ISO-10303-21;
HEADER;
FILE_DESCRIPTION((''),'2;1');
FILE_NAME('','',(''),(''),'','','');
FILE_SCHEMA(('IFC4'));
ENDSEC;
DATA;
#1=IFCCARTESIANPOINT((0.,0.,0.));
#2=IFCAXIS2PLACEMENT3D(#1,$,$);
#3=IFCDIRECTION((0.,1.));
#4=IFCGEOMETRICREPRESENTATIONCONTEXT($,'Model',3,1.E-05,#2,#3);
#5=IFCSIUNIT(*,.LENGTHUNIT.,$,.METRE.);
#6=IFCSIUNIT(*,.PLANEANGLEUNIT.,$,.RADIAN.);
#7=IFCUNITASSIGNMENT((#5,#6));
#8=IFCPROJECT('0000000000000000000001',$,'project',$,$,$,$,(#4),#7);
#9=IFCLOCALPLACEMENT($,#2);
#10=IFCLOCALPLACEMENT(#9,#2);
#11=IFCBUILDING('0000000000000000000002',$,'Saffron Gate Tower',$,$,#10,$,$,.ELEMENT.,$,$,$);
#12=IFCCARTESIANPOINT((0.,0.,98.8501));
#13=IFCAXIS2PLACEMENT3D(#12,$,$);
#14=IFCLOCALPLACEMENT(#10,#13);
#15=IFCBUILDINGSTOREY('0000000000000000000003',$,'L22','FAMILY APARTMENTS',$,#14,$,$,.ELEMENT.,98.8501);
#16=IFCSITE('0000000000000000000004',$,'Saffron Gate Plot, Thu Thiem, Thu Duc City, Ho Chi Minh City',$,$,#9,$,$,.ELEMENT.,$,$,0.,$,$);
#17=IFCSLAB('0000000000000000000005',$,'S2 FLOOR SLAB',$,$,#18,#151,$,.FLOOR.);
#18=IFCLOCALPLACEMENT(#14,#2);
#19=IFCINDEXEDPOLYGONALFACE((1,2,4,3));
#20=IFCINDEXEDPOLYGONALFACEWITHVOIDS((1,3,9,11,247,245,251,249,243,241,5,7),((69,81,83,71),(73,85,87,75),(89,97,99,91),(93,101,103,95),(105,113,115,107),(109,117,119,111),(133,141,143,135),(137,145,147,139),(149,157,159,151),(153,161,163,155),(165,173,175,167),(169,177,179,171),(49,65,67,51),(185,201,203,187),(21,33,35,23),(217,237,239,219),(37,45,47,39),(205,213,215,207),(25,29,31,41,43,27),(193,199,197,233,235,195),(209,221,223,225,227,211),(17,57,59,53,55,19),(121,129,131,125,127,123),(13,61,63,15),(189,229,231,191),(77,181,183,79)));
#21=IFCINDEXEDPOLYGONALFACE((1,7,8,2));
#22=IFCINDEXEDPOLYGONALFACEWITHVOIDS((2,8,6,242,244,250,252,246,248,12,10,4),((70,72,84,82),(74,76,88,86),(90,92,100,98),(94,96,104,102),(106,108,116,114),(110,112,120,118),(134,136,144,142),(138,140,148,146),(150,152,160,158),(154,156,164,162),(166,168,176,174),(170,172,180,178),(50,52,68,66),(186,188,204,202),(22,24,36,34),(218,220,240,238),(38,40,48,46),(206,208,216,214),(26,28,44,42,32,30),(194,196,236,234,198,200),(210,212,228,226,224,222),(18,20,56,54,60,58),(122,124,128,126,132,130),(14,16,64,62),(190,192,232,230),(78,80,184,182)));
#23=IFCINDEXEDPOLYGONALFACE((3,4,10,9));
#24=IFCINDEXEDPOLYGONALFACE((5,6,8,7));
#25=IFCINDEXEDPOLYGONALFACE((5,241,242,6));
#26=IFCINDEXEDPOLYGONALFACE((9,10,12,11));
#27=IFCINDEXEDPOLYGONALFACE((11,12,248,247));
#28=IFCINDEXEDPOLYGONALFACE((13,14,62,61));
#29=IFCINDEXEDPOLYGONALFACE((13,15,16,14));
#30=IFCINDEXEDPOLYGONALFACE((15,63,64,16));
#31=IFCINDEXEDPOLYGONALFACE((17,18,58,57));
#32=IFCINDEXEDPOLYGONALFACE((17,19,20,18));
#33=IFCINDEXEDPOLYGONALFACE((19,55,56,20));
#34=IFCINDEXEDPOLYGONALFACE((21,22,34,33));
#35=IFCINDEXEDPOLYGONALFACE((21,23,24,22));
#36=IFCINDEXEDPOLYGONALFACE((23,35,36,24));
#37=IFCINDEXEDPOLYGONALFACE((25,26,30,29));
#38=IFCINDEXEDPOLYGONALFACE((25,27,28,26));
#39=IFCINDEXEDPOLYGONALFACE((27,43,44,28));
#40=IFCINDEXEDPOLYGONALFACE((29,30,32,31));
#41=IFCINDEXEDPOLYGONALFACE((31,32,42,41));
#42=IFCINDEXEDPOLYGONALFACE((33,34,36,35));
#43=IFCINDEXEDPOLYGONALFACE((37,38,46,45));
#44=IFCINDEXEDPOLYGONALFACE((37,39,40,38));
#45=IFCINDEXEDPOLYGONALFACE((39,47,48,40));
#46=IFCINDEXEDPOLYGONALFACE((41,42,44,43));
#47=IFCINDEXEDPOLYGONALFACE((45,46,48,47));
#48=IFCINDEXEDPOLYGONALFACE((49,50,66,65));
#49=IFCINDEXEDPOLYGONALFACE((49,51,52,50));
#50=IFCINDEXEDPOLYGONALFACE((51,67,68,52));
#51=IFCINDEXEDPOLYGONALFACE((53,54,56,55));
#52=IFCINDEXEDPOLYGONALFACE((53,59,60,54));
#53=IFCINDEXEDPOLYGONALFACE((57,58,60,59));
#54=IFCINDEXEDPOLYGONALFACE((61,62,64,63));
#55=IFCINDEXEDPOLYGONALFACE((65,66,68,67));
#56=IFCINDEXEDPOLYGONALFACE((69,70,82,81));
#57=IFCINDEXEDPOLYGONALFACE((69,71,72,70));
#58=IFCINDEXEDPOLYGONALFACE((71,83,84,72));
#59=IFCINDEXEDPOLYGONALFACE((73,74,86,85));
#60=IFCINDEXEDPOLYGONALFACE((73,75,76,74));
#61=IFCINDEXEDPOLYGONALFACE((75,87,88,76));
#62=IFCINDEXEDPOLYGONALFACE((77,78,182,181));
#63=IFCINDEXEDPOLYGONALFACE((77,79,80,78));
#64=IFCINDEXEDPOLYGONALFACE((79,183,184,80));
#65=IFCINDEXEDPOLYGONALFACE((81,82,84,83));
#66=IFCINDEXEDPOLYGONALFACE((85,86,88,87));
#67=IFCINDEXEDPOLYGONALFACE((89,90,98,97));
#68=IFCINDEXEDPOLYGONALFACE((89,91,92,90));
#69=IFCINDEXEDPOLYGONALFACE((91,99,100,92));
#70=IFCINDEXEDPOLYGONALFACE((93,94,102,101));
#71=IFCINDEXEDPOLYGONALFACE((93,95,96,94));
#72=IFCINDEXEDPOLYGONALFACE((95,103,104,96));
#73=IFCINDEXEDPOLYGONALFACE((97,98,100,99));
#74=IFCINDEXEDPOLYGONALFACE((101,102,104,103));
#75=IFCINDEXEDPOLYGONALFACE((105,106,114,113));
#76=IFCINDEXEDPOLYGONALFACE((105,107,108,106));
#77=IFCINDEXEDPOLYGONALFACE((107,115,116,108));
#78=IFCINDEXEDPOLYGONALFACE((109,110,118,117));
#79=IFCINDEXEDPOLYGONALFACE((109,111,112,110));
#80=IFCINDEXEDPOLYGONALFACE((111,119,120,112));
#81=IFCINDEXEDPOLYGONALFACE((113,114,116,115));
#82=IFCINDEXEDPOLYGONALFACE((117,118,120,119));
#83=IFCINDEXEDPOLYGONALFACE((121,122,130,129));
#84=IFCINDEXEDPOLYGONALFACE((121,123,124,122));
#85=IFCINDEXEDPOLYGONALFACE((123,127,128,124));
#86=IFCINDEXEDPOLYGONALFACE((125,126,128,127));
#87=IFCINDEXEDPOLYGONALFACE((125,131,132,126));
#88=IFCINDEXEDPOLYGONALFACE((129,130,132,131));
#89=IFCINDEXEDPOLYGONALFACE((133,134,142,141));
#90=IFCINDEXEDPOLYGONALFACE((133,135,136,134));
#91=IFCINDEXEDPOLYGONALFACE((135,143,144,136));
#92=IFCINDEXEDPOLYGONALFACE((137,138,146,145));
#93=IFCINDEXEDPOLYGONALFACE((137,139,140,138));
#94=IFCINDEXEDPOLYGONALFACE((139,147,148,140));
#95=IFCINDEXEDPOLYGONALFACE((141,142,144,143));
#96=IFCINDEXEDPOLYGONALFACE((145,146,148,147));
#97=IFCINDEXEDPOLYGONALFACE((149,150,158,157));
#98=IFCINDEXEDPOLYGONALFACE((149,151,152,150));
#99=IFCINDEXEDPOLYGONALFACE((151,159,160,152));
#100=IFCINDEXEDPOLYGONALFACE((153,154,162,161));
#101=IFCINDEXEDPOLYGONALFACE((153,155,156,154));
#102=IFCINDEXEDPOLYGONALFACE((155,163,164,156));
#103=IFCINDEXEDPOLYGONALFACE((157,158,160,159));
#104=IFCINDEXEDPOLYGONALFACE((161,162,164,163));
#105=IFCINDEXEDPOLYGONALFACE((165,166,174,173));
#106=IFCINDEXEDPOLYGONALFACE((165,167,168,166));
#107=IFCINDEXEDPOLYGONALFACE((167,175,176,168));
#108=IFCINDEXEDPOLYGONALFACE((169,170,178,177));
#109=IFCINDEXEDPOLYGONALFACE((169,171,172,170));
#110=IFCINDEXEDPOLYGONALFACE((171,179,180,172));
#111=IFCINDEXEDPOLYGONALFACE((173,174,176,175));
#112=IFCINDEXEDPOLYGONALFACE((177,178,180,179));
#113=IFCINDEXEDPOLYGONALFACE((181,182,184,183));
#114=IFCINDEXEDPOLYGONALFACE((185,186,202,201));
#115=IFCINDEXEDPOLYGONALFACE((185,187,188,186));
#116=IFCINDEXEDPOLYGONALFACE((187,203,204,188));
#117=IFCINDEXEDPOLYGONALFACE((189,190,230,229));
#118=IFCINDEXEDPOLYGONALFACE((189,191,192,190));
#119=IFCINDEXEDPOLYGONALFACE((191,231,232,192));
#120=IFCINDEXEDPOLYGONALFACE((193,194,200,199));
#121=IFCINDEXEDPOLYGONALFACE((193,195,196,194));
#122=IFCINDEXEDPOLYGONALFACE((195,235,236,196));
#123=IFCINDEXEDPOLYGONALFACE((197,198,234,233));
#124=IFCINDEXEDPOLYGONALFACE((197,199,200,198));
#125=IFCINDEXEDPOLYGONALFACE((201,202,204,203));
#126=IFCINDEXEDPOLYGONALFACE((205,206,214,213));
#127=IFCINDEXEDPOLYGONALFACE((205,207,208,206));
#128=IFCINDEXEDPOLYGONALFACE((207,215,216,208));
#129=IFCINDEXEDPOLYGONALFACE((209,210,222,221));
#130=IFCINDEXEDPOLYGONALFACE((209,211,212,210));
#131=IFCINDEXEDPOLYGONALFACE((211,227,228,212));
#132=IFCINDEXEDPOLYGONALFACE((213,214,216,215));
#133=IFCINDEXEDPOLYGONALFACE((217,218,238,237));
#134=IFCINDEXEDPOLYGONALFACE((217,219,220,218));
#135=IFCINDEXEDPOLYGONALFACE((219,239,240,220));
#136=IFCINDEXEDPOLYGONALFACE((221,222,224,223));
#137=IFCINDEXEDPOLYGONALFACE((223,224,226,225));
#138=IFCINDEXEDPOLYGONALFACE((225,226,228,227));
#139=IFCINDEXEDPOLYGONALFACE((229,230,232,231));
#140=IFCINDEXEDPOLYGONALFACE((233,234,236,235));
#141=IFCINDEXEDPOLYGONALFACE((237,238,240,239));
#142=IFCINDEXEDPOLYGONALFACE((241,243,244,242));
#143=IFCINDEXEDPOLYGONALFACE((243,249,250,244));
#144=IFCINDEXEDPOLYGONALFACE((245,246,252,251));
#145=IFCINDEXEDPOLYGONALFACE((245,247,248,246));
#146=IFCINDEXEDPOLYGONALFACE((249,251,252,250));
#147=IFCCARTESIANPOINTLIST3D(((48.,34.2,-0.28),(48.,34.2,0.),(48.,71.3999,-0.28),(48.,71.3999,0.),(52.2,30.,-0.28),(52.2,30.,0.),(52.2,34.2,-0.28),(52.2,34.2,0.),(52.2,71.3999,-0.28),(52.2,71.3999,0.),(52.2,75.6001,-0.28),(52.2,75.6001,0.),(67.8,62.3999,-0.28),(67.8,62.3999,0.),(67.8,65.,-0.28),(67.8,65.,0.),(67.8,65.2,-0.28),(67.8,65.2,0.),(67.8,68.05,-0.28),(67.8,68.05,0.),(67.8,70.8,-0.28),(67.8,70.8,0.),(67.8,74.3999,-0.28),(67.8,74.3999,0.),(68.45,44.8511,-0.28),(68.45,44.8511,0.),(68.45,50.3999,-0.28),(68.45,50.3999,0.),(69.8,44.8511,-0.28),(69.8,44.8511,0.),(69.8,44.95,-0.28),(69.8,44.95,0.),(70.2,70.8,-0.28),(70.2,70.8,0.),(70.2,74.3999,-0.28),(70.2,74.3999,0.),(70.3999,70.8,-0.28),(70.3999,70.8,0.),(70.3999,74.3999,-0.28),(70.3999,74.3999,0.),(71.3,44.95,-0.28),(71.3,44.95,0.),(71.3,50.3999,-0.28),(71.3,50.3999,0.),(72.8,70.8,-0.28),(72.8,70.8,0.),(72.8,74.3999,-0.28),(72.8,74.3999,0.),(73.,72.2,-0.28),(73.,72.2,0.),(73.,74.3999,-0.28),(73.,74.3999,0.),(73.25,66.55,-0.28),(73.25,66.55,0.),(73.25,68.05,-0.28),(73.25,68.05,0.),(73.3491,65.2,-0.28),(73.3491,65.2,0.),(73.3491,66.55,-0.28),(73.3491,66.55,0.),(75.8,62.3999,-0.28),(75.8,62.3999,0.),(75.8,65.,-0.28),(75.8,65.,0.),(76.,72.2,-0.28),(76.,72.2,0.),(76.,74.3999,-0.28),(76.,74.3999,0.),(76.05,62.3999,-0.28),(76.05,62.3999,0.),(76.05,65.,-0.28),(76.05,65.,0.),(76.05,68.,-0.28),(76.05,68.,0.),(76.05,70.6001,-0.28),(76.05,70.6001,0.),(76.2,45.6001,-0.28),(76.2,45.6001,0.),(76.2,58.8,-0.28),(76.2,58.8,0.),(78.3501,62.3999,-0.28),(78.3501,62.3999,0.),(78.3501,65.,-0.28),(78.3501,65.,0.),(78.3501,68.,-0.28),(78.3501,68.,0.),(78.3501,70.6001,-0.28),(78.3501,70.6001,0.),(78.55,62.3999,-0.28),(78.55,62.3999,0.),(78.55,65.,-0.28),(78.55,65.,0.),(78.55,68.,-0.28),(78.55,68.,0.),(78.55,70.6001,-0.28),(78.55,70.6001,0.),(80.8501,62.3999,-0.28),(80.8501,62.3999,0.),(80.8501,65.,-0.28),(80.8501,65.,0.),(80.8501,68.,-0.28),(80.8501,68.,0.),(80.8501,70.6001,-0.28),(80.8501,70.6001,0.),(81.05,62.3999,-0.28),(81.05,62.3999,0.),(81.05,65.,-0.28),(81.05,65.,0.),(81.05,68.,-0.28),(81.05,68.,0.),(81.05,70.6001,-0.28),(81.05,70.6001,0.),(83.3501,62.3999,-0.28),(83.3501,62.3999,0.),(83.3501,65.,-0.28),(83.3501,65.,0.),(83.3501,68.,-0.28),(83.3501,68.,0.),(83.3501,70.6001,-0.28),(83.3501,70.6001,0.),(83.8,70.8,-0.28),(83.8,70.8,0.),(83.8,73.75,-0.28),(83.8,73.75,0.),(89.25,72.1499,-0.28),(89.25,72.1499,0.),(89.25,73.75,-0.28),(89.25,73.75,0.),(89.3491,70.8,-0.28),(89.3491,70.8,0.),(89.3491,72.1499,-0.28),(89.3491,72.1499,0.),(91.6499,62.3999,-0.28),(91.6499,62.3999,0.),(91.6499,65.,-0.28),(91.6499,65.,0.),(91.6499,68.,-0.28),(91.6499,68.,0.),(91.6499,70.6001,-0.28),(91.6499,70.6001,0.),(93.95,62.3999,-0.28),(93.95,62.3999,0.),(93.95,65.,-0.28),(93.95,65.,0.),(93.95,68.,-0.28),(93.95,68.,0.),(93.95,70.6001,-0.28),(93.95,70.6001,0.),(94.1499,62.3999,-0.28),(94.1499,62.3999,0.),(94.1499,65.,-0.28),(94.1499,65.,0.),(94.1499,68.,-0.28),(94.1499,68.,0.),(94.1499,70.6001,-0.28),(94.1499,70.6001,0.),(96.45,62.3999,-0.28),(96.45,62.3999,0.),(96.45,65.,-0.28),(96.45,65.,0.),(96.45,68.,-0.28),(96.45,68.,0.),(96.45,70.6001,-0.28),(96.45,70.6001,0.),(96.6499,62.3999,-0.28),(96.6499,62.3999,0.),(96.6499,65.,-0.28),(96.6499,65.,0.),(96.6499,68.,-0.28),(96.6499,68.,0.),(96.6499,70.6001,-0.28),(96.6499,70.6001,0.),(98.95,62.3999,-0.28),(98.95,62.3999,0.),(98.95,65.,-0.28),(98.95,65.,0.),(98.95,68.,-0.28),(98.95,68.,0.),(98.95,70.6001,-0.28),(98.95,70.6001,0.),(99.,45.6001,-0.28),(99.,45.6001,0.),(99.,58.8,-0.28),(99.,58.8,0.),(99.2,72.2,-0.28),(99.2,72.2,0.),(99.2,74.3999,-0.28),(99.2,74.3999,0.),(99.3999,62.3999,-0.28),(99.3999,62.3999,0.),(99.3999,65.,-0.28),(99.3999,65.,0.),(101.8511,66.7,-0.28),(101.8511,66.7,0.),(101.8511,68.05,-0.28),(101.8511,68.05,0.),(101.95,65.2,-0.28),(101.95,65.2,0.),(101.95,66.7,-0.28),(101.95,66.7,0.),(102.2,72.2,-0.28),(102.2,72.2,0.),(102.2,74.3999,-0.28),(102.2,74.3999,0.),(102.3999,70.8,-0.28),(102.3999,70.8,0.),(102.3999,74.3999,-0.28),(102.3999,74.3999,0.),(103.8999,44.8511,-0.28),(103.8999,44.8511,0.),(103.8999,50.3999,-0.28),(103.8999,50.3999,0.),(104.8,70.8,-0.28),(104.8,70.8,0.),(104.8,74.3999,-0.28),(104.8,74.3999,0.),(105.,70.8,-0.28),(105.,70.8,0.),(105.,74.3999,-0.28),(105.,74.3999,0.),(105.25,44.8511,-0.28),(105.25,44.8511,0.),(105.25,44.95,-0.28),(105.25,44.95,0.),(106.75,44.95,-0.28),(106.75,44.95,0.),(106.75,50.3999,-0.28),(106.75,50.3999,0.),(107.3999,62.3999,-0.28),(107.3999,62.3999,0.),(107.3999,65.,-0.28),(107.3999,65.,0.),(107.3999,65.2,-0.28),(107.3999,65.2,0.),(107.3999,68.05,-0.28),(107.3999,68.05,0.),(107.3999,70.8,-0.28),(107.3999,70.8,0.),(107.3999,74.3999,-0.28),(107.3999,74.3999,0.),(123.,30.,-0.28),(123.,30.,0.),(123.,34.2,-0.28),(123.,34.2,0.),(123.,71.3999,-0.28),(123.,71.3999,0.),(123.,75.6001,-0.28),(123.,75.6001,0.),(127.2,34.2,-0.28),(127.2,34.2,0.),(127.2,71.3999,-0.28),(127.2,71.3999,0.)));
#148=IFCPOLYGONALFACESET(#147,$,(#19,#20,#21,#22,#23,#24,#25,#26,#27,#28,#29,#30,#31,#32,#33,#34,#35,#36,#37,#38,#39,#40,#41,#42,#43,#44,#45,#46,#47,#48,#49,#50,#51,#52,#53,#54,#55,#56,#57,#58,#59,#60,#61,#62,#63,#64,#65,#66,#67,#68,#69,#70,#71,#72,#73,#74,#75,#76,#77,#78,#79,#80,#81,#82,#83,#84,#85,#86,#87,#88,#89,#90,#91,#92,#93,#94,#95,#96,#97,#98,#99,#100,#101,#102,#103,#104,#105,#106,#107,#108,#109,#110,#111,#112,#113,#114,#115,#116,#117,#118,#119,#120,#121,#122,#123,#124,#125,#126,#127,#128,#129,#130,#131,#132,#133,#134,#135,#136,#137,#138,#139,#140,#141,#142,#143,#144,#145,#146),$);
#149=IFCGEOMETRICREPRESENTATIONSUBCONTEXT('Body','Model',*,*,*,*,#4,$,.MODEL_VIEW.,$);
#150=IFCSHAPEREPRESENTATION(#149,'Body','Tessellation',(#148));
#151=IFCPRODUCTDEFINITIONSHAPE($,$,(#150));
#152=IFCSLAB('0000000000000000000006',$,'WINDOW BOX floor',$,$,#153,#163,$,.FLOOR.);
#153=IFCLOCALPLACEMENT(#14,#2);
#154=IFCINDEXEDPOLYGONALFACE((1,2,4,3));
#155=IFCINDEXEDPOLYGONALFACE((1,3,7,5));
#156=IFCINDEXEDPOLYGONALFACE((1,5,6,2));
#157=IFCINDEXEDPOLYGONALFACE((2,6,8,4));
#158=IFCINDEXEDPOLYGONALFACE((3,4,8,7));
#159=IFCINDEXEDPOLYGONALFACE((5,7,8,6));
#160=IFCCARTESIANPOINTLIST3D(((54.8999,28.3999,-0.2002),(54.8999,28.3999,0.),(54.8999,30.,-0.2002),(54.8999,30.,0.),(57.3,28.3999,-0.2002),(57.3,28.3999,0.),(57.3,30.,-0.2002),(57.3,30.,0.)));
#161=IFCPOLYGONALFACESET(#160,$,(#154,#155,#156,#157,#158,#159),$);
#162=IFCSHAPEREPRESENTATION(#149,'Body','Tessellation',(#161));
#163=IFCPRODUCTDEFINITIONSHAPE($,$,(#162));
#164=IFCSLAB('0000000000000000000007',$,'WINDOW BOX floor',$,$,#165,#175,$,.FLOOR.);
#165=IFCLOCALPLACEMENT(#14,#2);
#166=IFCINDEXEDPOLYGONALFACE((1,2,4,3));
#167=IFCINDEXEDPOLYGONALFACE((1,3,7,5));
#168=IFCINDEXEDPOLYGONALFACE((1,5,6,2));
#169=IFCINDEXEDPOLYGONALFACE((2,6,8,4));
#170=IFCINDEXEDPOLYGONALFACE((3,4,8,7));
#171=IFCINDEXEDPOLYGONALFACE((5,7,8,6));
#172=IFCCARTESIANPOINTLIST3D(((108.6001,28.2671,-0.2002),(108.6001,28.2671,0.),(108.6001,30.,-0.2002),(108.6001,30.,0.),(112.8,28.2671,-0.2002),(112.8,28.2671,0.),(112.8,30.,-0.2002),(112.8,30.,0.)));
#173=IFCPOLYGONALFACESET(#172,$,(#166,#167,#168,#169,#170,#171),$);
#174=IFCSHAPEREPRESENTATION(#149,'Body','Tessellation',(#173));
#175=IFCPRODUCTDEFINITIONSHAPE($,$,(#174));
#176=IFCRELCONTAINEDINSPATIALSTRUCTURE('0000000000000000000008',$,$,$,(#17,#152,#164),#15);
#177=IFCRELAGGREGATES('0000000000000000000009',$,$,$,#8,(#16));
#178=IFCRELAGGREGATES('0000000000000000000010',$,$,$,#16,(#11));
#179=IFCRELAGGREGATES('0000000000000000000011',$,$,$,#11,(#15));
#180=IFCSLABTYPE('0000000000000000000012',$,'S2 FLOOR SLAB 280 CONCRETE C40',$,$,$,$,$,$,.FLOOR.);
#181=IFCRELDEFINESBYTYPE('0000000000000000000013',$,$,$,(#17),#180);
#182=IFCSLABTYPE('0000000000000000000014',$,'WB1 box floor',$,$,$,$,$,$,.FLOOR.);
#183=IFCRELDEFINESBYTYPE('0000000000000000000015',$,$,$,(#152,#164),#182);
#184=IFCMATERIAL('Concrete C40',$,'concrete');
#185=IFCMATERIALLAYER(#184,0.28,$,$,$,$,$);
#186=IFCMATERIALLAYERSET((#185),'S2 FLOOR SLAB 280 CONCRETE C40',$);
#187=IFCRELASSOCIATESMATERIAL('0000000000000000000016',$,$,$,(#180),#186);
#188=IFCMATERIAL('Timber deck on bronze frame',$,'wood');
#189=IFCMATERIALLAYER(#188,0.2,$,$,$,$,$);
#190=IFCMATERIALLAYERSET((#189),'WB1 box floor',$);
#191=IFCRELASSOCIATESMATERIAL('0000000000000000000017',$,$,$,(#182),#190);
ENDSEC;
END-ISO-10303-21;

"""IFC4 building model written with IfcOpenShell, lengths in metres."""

from ifc_helpers import new_model, si_unit, direction, frame, origin, place, context, subcontext, project, spatial, polyline, outline, extrude, material, layer, layer_set, type_object, element, save


model = new_model("IFC4")

# Units and contexts
model_context = context("Model", 3, precision=1e-05, world=origin(), true_north=direction((0.0, 1.0)))
body_context = subcontext(model_context, "Body", "Model", "MODEL_VIEW")
ifc_project = project(units=[si_unit("LENGTHUNIT", "METRE"), si_unit("PLANEANGLEUNIT", "RADIAN")], contexts=[model_context])

# Site, building, storey
site_placement = place(None, origin())
site = spatial("IfcSite", under=ifc_project, at=site_placement, Name="Saffron Gate Plot, Thu Thiem, Thu Duc City, Ho Chi Minh City", CompositionType="ELEMENT", RefElevation=0.0)
building_placement = place(site_placement, origin())
building = spatial("IfcBuilding", under=site, at=building_placement, Name="Saffron Gate Tower", CompositionType="ELEMENT")
storey_placement = place(building_placement, frame((0.0, 0.0, 98.8501)))
storey = spatial("IfcBuildingStorey", under=building, at=storey_placement, Name="L22", Description="FAMILY APARTMENTS", CompositionType="ELEMENT", Elevation=98.8501)

# Slabs
ifc_material_1 = material(Name="Concrete C40", Category="concrete")
ifc_layer_1 = layer(ifc_material_1, 0.28)
ifc_layer_set_1 = layer_set([ifc_layer_1], Name="S2 FLOOR SLAB 280 CONCRETE C40")
slab_type_1 = type_object("IfcSlabType", Name="S2 FLOOR SLAB 280 CONCRETE C40", PredefinedType="FLOOR", material=ifc_layer_set_1)
slab_1_placement = place(storey_placement, frame((0.0, 0.0, -0.28)))
element("IfcSlab", 1, at=slab_1_placement, inside=storey, type_object=slab_type_1, Name="S2 FLOOR SLAB", PredefinedType="FLOOR", context=body_context, shape_type="SweptSolid", body=[
    extrude(outline(polyline([(48.0, 34.2), (52.2, 34.2), (52.2, 30.0), (123.0, 30.0), (123.0, 34.2), (127.2, 34.2), (127.2, 71.3999), (123.0, 71.3999), (123.0, 75.6001), (52.2, 75.6001), (52.2, 71.3999), (48.0, 71.3999), (48.0, 34.2)]), holes=[polyline([(67.8, 62.3999), (67.8, 65.0), (75.8, 65.0), (75.8, 62.3999), (67.8, 62.3999)]), polyline([(67.8, 65.2), (67.8, 68.05), (73.25, 68.05), (73.25, 66.55), (73.3491, 66.55), (73.3491, 65.2), (67.8, 65.2)]), polyline([(67.8, 70.8), (67.8, 74.3999), (70.2, 74.3999), (70.2, 70.8), (67.8, 70.8)]), polyline([(68.45, 44.8511), (68.45, 50.3999), (71.3, 50.3999), (71.3, 44.95), (69.8, 44.95), (69.8, 44.8511), (68.45, 44.8511)]), polyline([(70.3999, 70.8), (70.3999, 74.3999), (72.8, 74.3999), (72.8, 70.8), (70.3999, 70.8)]), polyline([(73.0, 72.2), (73.0, 74.3999), (76.0, 74.3999), (76.0, 72.2), (73.0, 72.2)]), polyline([(76.05, 62.3999), (76.05, 65.0), (78.3501, 65.0), (78.3501, 62.3999), (76.05, 62.3999)]), polyline([(76.05, 68.0), (76.05, 70.6001), (78.3501, 70.6001), (78.3501, 68.0), (76.05, 68.0)]), polyline([(76.2, 45.6001), (76.2, 58.8), (99.0, 58.8), (99.0, 45.6001), (76.2, 45.6001)]), polyline([(78.55, 62.3999), (78.55, 65.0), (80.8501, 65.0), (80.8501, 62.3999), (78.55, 62.3999)]), polyline([(78.55, 68.0), (78.55, 70.6001), (80.8501, 70.6001), (80.8501, 68.0), (78.55, 68.0)]), polyline([(81.05, 62.3999), (81.05, 65.0), (83.3501, 65.0), (83.3501, 62.3999), (81.05, 62.3999)]), polyline([(81.05, 68.0), (81.05, 70.6001), (83.3501, 70.6001), (83.3501, 68.0), (81.05, 68.0)]), polyline([(83.8, 70.8), (83.8, 73.75), (89.25, 73.75), (89.25, 72.1499), (89.3491, 72.1499), (89.3491, 70.8), (83.8, 70.8)]), polyline([(91.6499, 62.3999), (91.6499, 65.0), (93.95, 65.0), (93.95, 62.3999), (91.6499, 62.3999)]), polyline([(91.6499, 68.0), (91.6499, 70.6001), (93.95, 70.6001), (93.95, 68.0), (91.6499, 68.0)]), polyline([(94.1499, 62.3999), (94.1499, 65.0), (96.45, 65.0), (96.45, 62.3999), (94.1499, 62.3999)]), polyline([(94.1499, 68.0), (94.1499, 70.6001), (96.45, 70.6001), (96.45, 68.0), (94.1499, 68.0)]), polyline([(96.6499, 62.3999), (96.6499, 65.0), (98.95, 65.0), (98.95, 62.3999), (96.6499, 62.3999)]), polyline([(96.6499, 68.0), (96.6499, 70.6001), (98.95, 70.6001), (98.95, 68.0), (96.6499, 68.0)]), polyline([(99.2, 72.2), (99.2, 74.3999), (102.2, 74.3999), (102.2, 72.2), (99.2, 72.2)]), polyline([(99.3999, 62.3999), (99.3999, 65.0), (107.3999, 65.0), (107.3999, 62.3999), (99.3999, 62.3999)]), polyline([(101.8511, 66.7), (101.8511, 68.05), (107.3999, 68.05), (107.3999, 65.2), (101.95, 65.2), (101.95, 66.7), (101.8511, 66.7)]), polyline([(102.3999, 70.8), (102.3999, 74.3999), (104.8, 74.3999), (104.8, 70.8), (102.3999, 70.8)]), polyline([(103.8999, 44.8511), (103.8999, 50.3999), (106.75, 50.3999), (106.75, 44.95), (105.25, 44.95), (105.25, 44.8511), (103.8999, 44.8511)]), polyline([(105.0, 70.8), (105.0, 74.3999), (107.3999, 74.3999), (107.3999, 70.8), (105.0, 70.8)])]), origin(), (0.0, 0.0, 1.0), 0.28),
])
ifc_material_2 = material(Name="Timber deck on bronze frame", Category="wood")
ifc_layer_2 = layer(ifc_material_2, 0.2)
ifc_layer_set_2 = layer_set([ifc_layer_2], Name="WB1 box floor")
slab_type_2 = type_object("IfcSlabType", Name="WB1 box floor", PredefinedType="FLOOR", material=ifc_layer_set_2)
slab_2_placement = place(storey_placement, frame((0.0, 0.0, -0.2002)))
element("IfcSlab", 2, at=slab_2_placement, inside=storey, type_object=slab_type_2, Name="WINDOW BOX floor", PredefinedType="FLOOR", context=body_context, shape_type="SweptSolid", body=[
    extrude(outline(polyline([(54.8999, 30.0), (57.3, 30.0), (57.3, 28.3999), (54.8999, 28.3999), (54.8999, 30.0)])), origin(), (0.0, 0.0, 1.0), 0.2002),
])
slab_3_placement = place(storey_placement, frame((0.0, 0.0, -0.2002)))
element("IfcSlab", 3, at=slab_3_placement, inside=storey, type_object=slab_type_2, Name="WINDOW BOX floor", PredefinedType="FLOOR", context=body_context, shape_type="SweptSolid", body=[
    extrude(outline(polyline([(108.6001, 30.0), (112.8, 30.0), (112.8, 28.2671), (108.6001, 28.2671), (108.6001, 30.0)])), origin(), (0.0, 0.0, 1.0), 0.2002),
])

save(model, "model.ifc")
